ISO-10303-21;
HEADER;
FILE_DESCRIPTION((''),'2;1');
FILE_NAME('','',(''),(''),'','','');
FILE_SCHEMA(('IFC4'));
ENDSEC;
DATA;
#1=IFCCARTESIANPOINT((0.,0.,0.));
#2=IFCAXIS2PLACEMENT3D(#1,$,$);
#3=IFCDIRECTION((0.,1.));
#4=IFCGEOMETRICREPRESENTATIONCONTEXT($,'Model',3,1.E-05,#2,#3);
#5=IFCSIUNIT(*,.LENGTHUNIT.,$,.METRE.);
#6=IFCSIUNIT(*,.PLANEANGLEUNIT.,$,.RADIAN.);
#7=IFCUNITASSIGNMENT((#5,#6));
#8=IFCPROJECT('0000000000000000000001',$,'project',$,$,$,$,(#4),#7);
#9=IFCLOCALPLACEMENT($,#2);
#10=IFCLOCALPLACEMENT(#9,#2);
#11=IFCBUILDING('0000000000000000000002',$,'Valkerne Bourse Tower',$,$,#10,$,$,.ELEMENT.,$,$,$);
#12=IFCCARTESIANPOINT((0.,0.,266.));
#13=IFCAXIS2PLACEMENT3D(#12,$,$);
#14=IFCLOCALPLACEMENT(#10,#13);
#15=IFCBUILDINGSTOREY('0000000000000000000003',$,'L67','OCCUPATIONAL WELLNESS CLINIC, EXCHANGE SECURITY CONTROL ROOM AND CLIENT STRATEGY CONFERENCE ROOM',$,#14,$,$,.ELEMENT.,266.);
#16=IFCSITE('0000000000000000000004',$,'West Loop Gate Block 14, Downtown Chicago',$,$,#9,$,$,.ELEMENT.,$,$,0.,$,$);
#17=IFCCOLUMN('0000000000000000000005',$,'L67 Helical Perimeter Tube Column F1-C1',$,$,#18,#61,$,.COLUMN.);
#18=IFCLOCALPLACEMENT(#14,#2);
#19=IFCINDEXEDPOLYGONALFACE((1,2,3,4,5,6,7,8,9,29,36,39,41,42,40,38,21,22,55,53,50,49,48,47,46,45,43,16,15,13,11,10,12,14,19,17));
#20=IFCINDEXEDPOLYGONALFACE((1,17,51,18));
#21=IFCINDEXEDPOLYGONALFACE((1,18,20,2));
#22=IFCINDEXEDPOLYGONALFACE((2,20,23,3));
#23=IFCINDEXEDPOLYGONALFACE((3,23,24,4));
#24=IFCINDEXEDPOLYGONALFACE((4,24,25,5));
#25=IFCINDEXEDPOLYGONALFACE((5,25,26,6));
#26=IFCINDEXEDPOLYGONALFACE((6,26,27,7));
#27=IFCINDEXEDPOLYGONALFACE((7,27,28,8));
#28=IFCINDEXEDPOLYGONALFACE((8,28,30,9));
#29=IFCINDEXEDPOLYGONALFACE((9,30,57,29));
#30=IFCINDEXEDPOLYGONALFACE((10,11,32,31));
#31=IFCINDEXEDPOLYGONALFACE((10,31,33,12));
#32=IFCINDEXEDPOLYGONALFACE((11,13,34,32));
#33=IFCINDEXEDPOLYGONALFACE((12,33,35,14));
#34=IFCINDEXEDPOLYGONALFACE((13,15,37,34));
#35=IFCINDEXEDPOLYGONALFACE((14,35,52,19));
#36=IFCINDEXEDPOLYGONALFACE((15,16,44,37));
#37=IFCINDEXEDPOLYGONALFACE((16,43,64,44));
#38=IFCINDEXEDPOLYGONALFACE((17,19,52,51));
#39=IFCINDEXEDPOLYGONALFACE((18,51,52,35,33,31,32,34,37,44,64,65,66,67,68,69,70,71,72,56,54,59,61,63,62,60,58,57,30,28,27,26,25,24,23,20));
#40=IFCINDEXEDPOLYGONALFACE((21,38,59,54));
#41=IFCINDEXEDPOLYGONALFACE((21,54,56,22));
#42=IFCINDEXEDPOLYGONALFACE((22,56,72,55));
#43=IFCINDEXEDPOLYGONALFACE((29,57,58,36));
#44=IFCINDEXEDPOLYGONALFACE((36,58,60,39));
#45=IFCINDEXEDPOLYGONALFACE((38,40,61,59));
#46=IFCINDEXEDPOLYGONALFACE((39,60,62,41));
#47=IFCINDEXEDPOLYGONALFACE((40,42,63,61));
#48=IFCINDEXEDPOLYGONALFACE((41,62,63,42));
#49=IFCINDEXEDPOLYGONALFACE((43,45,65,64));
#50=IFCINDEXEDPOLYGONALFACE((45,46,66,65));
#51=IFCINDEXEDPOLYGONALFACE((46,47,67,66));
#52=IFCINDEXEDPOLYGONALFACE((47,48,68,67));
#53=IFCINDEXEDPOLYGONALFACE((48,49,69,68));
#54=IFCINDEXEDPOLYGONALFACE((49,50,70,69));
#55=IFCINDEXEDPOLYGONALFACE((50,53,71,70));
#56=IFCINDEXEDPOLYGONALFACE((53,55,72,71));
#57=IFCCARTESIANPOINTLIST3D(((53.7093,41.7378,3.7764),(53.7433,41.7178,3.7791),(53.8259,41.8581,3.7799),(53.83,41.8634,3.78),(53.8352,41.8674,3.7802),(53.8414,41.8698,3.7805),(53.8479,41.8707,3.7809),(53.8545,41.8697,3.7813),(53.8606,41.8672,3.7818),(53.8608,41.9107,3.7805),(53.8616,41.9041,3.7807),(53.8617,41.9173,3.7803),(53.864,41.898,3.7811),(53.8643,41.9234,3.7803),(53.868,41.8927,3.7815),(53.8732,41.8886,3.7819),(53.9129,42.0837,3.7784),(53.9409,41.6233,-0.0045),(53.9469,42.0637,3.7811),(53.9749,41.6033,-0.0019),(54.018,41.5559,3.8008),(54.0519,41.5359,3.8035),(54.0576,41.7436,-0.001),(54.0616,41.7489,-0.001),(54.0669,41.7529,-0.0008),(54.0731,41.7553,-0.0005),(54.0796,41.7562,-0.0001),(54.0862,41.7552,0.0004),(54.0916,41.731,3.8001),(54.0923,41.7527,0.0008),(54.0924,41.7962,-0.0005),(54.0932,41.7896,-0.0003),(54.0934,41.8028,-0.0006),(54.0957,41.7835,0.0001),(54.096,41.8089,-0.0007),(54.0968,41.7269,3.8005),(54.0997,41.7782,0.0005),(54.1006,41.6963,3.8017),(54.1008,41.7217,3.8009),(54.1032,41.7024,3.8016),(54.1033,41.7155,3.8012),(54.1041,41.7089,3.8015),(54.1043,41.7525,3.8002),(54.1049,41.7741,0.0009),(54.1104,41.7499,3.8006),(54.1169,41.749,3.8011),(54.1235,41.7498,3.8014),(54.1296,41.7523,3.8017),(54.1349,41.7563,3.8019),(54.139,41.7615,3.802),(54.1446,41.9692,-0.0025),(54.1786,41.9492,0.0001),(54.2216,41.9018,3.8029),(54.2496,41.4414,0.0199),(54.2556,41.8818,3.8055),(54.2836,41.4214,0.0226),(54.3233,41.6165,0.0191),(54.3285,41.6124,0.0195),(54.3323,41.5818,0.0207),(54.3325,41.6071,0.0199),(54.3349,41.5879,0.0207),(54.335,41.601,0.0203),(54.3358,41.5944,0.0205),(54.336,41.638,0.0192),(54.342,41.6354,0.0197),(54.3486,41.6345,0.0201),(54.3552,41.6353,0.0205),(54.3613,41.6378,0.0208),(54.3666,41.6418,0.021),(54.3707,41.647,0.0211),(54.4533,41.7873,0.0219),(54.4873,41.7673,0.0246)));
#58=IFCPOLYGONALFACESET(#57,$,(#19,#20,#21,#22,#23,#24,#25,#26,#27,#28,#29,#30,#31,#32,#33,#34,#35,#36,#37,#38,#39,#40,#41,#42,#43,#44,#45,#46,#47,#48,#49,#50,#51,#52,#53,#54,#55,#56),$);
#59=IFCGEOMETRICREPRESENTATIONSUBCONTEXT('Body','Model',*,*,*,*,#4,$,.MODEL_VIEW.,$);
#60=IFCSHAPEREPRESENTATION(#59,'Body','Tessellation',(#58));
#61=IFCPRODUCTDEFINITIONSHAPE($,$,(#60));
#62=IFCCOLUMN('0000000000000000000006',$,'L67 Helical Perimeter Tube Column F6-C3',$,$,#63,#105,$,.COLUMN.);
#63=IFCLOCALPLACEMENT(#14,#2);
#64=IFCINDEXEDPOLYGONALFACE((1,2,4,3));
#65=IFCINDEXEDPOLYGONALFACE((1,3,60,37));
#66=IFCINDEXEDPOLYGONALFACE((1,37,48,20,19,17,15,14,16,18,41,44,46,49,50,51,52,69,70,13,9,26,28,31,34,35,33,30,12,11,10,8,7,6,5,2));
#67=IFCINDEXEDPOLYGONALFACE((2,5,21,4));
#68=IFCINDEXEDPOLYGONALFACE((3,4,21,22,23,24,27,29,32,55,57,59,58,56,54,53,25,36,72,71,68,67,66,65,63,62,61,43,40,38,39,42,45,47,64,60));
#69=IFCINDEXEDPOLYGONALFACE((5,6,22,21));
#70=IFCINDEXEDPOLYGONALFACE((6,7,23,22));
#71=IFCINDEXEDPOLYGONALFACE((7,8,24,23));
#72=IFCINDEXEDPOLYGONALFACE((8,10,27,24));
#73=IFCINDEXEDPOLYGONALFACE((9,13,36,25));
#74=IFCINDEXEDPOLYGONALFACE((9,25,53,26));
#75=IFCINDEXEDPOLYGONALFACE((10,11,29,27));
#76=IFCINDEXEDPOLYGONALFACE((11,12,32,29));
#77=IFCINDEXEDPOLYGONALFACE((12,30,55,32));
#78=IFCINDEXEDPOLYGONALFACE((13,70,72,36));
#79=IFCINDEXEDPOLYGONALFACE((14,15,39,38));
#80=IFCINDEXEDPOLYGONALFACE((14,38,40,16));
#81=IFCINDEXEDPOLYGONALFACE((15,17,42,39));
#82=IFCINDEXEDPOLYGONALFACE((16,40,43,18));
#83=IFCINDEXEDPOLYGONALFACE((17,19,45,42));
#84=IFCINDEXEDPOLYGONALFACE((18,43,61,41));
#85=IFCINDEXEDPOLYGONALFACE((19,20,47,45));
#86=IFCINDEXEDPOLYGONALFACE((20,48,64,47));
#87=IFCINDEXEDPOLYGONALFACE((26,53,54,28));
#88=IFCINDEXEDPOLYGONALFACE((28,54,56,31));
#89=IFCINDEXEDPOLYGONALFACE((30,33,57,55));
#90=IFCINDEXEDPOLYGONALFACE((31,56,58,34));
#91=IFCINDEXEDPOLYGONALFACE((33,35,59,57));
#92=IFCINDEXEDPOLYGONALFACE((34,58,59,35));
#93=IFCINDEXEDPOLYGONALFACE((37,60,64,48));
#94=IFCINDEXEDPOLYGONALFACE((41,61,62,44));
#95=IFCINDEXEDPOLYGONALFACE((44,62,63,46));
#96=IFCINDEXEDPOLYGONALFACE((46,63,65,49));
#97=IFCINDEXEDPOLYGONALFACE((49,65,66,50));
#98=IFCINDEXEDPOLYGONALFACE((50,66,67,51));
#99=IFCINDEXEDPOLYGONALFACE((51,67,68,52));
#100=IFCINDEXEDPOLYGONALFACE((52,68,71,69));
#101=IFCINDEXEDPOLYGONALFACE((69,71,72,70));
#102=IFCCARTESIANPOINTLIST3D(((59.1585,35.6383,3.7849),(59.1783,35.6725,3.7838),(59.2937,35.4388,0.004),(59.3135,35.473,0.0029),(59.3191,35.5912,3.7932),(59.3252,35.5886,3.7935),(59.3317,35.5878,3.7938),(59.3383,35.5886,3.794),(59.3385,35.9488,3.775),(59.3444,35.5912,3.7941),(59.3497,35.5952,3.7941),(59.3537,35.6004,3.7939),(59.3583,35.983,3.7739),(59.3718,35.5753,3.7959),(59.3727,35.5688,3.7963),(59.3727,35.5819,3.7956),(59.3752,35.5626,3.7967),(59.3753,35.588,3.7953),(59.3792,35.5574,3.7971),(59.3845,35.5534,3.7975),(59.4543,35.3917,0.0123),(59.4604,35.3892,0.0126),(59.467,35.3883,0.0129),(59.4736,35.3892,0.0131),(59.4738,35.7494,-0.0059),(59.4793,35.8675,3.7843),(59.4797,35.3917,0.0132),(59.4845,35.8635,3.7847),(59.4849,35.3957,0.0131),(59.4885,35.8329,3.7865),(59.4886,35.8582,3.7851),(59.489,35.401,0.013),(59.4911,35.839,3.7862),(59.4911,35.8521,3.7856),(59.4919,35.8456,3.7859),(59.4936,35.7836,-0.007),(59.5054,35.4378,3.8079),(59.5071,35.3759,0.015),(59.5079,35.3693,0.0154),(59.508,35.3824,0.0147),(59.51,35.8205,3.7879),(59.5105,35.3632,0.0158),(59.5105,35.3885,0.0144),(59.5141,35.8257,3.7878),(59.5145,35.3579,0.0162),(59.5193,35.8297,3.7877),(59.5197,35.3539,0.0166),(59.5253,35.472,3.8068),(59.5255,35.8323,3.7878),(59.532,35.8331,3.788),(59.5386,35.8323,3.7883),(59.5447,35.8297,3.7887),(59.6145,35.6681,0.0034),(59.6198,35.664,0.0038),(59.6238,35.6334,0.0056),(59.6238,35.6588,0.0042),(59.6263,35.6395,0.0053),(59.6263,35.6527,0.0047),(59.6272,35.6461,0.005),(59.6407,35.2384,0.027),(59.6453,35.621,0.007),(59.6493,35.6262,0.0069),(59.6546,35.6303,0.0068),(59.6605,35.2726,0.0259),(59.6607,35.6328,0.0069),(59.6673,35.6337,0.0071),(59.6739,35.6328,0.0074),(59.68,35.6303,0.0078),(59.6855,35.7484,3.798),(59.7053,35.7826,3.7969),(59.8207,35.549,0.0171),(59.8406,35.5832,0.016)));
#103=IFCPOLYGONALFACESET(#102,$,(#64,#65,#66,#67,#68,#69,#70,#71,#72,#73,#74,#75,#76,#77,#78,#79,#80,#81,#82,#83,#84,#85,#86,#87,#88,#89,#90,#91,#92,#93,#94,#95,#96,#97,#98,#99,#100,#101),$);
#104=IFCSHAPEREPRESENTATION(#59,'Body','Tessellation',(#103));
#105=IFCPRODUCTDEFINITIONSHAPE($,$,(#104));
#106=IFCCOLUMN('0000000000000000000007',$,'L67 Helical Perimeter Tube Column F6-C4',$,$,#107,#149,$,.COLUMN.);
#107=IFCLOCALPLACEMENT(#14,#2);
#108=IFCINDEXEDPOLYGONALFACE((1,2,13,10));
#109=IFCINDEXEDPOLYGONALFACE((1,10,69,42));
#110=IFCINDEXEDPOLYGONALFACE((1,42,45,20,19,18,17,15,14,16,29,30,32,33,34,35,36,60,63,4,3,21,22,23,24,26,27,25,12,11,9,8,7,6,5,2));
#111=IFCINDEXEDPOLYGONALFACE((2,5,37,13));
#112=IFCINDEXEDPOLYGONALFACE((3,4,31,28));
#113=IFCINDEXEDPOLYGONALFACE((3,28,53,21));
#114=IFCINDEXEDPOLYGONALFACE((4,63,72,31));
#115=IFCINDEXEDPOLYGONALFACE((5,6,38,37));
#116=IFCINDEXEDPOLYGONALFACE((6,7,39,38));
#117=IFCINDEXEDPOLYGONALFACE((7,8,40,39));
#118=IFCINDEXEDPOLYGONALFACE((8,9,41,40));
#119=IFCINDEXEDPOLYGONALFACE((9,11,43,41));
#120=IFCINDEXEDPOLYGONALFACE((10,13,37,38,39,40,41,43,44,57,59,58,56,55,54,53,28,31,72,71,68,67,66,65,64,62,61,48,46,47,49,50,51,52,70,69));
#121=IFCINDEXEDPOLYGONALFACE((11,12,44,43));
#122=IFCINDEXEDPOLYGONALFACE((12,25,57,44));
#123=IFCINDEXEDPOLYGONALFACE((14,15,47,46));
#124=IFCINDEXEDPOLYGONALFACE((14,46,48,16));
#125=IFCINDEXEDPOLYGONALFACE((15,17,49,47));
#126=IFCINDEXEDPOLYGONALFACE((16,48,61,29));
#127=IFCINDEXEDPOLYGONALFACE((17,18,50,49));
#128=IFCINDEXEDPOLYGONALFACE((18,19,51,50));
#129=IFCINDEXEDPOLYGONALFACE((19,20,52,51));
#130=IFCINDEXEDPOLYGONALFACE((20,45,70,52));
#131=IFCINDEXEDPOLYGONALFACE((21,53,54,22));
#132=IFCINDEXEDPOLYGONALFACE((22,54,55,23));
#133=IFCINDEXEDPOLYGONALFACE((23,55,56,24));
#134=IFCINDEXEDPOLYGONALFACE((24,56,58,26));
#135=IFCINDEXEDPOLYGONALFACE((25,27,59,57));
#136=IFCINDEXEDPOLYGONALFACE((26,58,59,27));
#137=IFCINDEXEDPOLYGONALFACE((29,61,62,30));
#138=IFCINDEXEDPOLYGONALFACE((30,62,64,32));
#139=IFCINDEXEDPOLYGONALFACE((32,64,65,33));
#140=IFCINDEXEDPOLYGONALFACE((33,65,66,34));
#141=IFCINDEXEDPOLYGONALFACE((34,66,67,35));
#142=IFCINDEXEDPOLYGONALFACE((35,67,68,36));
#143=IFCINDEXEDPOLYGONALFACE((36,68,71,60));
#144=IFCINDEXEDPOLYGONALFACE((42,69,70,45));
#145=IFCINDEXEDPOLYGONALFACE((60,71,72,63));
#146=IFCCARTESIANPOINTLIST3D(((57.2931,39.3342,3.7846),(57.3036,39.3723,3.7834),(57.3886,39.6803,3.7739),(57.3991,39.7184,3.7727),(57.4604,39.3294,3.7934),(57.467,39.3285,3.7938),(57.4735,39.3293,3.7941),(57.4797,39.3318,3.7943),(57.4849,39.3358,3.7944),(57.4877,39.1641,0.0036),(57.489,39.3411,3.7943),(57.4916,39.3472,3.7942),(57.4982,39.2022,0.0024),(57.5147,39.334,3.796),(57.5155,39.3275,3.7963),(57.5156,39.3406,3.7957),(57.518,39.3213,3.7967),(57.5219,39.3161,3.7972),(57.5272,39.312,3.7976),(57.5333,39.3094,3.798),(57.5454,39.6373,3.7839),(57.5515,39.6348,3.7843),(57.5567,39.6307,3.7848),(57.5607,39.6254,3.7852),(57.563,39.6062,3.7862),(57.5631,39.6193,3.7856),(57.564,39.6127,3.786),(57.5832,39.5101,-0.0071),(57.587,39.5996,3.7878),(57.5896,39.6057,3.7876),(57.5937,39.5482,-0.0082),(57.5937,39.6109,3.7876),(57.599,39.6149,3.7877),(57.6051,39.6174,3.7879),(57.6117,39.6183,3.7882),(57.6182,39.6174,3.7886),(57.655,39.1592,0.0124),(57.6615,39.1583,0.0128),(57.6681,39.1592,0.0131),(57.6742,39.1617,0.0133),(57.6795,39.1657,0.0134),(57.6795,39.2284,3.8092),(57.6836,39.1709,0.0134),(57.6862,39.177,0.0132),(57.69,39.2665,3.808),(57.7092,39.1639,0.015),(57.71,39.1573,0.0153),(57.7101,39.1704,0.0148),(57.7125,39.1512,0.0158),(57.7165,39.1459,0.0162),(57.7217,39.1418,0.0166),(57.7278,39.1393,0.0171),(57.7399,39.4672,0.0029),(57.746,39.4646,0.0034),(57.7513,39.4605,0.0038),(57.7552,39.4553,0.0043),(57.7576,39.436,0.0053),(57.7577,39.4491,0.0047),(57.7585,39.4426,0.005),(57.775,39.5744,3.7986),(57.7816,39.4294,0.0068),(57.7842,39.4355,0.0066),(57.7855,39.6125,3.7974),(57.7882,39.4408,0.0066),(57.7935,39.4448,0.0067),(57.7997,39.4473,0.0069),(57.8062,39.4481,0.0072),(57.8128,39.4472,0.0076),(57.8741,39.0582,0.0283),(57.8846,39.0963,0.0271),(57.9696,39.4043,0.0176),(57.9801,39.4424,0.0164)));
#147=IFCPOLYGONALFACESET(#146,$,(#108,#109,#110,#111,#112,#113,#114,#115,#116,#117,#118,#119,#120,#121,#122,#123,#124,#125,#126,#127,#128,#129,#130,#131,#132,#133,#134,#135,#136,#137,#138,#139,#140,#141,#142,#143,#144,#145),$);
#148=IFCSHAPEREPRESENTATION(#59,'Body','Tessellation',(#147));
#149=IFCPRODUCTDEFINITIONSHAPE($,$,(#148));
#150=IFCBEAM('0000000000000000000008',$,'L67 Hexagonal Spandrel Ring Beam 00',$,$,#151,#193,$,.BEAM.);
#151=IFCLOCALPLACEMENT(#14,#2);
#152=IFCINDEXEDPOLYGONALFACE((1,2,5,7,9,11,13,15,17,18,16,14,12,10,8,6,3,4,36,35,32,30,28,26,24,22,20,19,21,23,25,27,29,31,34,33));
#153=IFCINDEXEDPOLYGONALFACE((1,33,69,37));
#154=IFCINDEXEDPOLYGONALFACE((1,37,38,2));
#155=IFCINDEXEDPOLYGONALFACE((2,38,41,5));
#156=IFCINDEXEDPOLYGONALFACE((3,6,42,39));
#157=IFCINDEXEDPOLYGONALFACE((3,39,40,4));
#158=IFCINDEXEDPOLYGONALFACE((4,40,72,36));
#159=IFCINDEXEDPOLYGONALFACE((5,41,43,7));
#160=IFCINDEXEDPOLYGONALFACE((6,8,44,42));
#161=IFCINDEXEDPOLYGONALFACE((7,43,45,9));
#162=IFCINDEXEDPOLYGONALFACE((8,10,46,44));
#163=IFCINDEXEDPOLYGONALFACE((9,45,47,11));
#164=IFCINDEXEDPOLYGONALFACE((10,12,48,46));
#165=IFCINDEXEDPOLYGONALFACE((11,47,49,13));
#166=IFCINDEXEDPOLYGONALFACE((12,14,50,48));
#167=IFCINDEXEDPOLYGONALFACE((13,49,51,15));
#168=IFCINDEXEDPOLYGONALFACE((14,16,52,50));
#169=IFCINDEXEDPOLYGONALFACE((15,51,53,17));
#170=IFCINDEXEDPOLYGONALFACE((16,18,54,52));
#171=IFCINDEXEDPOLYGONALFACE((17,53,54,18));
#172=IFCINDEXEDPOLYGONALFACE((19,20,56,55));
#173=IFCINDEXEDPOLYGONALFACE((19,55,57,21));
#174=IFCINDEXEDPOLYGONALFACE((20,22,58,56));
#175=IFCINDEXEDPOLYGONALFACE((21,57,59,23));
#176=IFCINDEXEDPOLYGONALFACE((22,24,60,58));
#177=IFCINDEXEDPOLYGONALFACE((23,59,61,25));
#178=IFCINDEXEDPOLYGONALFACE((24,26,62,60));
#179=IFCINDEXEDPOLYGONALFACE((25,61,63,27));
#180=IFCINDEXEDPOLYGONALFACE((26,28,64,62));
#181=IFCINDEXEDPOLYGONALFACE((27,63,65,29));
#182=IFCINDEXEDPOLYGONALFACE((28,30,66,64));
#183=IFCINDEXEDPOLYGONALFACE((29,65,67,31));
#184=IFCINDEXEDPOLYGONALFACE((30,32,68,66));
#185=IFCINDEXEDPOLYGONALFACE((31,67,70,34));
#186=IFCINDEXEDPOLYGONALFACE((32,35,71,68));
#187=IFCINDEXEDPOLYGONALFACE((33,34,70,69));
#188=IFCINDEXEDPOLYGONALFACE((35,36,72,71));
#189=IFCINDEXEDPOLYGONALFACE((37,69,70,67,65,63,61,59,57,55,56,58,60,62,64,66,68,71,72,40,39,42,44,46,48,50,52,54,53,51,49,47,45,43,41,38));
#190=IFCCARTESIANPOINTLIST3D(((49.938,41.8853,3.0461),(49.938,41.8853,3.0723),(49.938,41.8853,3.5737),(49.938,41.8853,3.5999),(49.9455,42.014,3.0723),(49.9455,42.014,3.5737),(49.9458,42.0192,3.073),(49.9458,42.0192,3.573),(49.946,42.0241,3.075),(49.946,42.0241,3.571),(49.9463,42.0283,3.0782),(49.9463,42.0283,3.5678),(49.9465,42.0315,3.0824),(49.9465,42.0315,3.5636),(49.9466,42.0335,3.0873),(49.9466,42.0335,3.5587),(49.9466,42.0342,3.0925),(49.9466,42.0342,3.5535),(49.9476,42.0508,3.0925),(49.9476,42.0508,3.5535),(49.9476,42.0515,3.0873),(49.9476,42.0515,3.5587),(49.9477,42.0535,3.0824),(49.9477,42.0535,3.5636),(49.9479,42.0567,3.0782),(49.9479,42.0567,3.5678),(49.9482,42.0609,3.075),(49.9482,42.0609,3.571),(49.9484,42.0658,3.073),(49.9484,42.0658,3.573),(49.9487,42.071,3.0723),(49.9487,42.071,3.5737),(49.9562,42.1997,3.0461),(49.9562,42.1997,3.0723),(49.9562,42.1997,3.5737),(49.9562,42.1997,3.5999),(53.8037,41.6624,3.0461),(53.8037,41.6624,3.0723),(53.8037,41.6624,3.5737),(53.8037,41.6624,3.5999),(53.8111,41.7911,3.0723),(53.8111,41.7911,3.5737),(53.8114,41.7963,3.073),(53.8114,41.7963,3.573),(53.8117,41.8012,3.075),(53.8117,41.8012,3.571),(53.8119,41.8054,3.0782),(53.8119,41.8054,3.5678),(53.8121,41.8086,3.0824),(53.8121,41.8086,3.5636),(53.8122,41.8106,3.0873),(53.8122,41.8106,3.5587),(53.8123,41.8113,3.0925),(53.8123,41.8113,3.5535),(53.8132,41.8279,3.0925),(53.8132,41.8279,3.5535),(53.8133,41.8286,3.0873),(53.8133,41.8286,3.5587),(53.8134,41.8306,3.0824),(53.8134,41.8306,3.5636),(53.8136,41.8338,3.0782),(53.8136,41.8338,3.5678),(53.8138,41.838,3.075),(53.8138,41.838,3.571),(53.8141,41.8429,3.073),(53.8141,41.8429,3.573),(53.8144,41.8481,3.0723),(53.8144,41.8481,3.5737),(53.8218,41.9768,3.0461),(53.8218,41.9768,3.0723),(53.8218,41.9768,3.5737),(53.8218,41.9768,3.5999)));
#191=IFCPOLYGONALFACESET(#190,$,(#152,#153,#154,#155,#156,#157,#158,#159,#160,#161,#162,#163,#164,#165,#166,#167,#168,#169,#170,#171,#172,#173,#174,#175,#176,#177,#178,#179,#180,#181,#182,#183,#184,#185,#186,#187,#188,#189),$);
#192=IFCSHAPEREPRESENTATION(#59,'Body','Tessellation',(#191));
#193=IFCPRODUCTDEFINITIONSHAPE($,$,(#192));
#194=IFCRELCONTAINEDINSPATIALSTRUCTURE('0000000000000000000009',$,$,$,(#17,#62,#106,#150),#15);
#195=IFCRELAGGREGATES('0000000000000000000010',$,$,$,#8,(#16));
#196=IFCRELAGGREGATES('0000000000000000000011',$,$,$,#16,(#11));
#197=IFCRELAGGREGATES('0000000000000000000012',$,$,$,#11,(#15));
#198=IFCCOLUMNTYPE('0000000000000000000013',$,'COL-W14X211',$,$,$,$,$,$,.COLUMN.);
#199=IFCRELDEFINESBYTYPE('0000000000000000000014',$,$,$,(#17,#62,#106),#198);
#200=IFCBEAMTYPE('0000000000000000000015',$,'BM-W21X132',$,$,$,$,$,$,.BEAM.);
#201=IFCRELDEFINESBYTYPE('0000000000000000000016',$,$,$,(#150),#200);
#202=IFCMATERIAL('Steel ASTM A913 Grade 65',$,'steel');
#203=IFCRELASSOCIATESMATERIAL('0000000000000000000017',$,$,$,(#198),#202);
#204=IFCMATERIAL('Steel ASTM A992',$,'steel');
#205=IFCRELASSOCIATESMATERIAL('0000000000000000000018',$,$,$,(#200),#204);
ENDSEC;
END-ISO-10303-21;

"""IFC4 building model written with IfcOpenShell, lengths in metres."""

from ifc_helpers import new_model, si_unit, direction, frame, origin, origin_2d, place, context, subcontext, project, spatial, i_section, extrude, material, material_profile, profile_set, type_object, element, save


model = new_model("IFC4")

# Units and contexts
model_context = context("Model", 3, precision=1e-05, world=origin(), true_north=direction((0.0, 1.0)))
body_context = subcontext(model_context, "Body", "Model", "MODEL_VIEW")
ifc_project = project(units=[si_unit("LENGTHUNIT", "METRE"), si_unit("PLANEANGLEUNIT", "RADIAN")], contexts=[model_context])

# Site, building, storey
site_placement = place(None, origin())
site = spatial("IfcSite", under=ifc_project, at=site_placement, Name="West Loop Gate Block 14, Downtown Chicago", CompositionType="ELEMENT", RefElevation=0.0)
building_placement = place(site_placement, origin())
building = spatial("IfcBuilding", under=site, at=building_placement, Name="Valkerne Bourse Tower", CompositionType="ELEMENT")
storey_placement = place(building_placement, frame((0.0, 0.0, 266.0)))
storey = spatial("IfcBuildingStorey", under=building, at=storey_placement, Name="L67", Description="OCCUPATIONAL WELLNESS CLINIC, EXCHANGE SECURITY CONTROL ROOM AND CLIENT STRATEGY CONFERENCE ROOM", CompositionType="ELEMENT", Elevation=266.0)

# Columns
ifc_material_1 = material(Name="Steel ASTM A913 Grade 65", Category="steel")
ifc_material_profile_1 = material_profile(ifc_material_1, i_section(OverallWidth=0.4014, OverallDepth=0.3987, WebThickness=0.0249, FlangeThickness=0.0396, FilletRadius=0.0254, at=origin_2d()), Name="W14X211")
ifc_profile_set_1 = profile_set([ifc_material_profile_1], Name="Steel ASTM A913 Grade 65")
column_type = type_object("IfcColumnType", Name="COL-W14X211", PredefinedType="COLUMN", material=ifc_profile_set_1)
column_1_placement = place(storey_placement, frame((54.2141, 41.6953, 0.01), z_axis=(-0.061135, 0.030213, 0.997672), x_axis=(0.507367, 0.861715, 0.004994)))
element("IfcColumn", 1, at=column_1_placement, inside=storey, type_object=column_type, Name="L67 Helical Perimeter Tube Column F1-C1", PredefinedType="COLUMN", context=body_context, shape_type="SweptSolid", body=[
    extrude(i_section(OverallWidth=0.4014, OverallDepth=0.3987, WebThickness=0.0249, FlangeThickness=0.0396, FilletRadius=0.0254, at=origin_2d()), origin(), (0.0, 0.0, 1.0), 3.7898),
])
column_2_placement = place(storey_placement, frame((59.5671, 35.511, 0.01), z_axis=(-0.035699, 0.052647, 0.997975), x_axis=(0.864485, -0.499385, 0.057269)))
element("IfcColumn", 2, at=column_2_placement, inside=storey, type_object=column_type, Name="L67 Helical Perimeter Tube Column F6-C3", PredefinedType="COLUMN", context=body_context, shape_type="SweptSolid", body=[
    extrude(i_section(OverallWidth=0.4014, OverallDepth=0.3987, WebThickness=0.0249, FlangeThickness=0.0396, FilletRadius=0.0254, at=origin_2d()), origin(), (0.0, 0.0, 1.0), 3.7886),
])
column_3_placement = place(storey_placement, frame((57.7339, 39.3032, 0.01), z_axis=(-0.051343, 0.044901, 0.997671), x_axis=(0.962653, -0.263682, 0.061408)))
element("IfcColumn", 3, at=column_3_placement, inside=storey, type_object=column_type, Name="L67 Helical Perimeter Tube Column F6-C4", PredefinedType="COLUMN", context=body_context, shape_type="SweptSolid", body=[
    extrude(i_section(OverallWidth=0.4014, OverallDepth=0.3987, WebThickness=0.0249, FlangeThickness=0.0396, FilletRadius=0.0254, at=origin_2d()), origin(), (0.0, 0.0, 1.0), 3.7898),
])

# Beam
ifc_material_2 = material(Name="Steel ASTM A992", Category="steel")
ifc_material_profile_2 = material_profile(ifc_material_2, i_section(OverallWidth=0.3149, OverallDepth=0.5537, WebThickness=0.0166, FlangeThickness=0.0261, FilletRadius=0.0203, at=origin_2d()), Name="W21X132")
ifc_profile_set_2 = profile_set([ifc_material_profile_2], Name="Steel ASTM A992")
beam_type = type_object("IfcBeamType", Name="BM-W21X132", PredefinedType="BEAM", material=ifc_profile_set_2)
for number, where, z_axis, x_axis, name in (
    (4, (53.8127, 41.8196, 3.323), (-0.998342, 0.057565, 0.0), (-0.057565, -0.998342, 0.0), "L67 Hexagonal Spandrel Ring Beam 00"),
):
    element("IfcBeam", number, at=place(storey_placement, frame(where, z_axis=z_axis, x_axis=x_axis)), inside=storey, type_object=beam_type, Name=name, PredefinedType="BEAM", context=body_context, shape_type="SweptSolid", body=[
        extrude(i_section(OverallWidth=0.3149, OverallDepth=0.5537, WebThickness=0.0166, FlangeThickness=0.0261, FilletRadius=0.0203, at=origin_2d()), origin(), (0.0, 0.0, 1.0), 3.8721),
    ])

save(model, "model.ifc")
